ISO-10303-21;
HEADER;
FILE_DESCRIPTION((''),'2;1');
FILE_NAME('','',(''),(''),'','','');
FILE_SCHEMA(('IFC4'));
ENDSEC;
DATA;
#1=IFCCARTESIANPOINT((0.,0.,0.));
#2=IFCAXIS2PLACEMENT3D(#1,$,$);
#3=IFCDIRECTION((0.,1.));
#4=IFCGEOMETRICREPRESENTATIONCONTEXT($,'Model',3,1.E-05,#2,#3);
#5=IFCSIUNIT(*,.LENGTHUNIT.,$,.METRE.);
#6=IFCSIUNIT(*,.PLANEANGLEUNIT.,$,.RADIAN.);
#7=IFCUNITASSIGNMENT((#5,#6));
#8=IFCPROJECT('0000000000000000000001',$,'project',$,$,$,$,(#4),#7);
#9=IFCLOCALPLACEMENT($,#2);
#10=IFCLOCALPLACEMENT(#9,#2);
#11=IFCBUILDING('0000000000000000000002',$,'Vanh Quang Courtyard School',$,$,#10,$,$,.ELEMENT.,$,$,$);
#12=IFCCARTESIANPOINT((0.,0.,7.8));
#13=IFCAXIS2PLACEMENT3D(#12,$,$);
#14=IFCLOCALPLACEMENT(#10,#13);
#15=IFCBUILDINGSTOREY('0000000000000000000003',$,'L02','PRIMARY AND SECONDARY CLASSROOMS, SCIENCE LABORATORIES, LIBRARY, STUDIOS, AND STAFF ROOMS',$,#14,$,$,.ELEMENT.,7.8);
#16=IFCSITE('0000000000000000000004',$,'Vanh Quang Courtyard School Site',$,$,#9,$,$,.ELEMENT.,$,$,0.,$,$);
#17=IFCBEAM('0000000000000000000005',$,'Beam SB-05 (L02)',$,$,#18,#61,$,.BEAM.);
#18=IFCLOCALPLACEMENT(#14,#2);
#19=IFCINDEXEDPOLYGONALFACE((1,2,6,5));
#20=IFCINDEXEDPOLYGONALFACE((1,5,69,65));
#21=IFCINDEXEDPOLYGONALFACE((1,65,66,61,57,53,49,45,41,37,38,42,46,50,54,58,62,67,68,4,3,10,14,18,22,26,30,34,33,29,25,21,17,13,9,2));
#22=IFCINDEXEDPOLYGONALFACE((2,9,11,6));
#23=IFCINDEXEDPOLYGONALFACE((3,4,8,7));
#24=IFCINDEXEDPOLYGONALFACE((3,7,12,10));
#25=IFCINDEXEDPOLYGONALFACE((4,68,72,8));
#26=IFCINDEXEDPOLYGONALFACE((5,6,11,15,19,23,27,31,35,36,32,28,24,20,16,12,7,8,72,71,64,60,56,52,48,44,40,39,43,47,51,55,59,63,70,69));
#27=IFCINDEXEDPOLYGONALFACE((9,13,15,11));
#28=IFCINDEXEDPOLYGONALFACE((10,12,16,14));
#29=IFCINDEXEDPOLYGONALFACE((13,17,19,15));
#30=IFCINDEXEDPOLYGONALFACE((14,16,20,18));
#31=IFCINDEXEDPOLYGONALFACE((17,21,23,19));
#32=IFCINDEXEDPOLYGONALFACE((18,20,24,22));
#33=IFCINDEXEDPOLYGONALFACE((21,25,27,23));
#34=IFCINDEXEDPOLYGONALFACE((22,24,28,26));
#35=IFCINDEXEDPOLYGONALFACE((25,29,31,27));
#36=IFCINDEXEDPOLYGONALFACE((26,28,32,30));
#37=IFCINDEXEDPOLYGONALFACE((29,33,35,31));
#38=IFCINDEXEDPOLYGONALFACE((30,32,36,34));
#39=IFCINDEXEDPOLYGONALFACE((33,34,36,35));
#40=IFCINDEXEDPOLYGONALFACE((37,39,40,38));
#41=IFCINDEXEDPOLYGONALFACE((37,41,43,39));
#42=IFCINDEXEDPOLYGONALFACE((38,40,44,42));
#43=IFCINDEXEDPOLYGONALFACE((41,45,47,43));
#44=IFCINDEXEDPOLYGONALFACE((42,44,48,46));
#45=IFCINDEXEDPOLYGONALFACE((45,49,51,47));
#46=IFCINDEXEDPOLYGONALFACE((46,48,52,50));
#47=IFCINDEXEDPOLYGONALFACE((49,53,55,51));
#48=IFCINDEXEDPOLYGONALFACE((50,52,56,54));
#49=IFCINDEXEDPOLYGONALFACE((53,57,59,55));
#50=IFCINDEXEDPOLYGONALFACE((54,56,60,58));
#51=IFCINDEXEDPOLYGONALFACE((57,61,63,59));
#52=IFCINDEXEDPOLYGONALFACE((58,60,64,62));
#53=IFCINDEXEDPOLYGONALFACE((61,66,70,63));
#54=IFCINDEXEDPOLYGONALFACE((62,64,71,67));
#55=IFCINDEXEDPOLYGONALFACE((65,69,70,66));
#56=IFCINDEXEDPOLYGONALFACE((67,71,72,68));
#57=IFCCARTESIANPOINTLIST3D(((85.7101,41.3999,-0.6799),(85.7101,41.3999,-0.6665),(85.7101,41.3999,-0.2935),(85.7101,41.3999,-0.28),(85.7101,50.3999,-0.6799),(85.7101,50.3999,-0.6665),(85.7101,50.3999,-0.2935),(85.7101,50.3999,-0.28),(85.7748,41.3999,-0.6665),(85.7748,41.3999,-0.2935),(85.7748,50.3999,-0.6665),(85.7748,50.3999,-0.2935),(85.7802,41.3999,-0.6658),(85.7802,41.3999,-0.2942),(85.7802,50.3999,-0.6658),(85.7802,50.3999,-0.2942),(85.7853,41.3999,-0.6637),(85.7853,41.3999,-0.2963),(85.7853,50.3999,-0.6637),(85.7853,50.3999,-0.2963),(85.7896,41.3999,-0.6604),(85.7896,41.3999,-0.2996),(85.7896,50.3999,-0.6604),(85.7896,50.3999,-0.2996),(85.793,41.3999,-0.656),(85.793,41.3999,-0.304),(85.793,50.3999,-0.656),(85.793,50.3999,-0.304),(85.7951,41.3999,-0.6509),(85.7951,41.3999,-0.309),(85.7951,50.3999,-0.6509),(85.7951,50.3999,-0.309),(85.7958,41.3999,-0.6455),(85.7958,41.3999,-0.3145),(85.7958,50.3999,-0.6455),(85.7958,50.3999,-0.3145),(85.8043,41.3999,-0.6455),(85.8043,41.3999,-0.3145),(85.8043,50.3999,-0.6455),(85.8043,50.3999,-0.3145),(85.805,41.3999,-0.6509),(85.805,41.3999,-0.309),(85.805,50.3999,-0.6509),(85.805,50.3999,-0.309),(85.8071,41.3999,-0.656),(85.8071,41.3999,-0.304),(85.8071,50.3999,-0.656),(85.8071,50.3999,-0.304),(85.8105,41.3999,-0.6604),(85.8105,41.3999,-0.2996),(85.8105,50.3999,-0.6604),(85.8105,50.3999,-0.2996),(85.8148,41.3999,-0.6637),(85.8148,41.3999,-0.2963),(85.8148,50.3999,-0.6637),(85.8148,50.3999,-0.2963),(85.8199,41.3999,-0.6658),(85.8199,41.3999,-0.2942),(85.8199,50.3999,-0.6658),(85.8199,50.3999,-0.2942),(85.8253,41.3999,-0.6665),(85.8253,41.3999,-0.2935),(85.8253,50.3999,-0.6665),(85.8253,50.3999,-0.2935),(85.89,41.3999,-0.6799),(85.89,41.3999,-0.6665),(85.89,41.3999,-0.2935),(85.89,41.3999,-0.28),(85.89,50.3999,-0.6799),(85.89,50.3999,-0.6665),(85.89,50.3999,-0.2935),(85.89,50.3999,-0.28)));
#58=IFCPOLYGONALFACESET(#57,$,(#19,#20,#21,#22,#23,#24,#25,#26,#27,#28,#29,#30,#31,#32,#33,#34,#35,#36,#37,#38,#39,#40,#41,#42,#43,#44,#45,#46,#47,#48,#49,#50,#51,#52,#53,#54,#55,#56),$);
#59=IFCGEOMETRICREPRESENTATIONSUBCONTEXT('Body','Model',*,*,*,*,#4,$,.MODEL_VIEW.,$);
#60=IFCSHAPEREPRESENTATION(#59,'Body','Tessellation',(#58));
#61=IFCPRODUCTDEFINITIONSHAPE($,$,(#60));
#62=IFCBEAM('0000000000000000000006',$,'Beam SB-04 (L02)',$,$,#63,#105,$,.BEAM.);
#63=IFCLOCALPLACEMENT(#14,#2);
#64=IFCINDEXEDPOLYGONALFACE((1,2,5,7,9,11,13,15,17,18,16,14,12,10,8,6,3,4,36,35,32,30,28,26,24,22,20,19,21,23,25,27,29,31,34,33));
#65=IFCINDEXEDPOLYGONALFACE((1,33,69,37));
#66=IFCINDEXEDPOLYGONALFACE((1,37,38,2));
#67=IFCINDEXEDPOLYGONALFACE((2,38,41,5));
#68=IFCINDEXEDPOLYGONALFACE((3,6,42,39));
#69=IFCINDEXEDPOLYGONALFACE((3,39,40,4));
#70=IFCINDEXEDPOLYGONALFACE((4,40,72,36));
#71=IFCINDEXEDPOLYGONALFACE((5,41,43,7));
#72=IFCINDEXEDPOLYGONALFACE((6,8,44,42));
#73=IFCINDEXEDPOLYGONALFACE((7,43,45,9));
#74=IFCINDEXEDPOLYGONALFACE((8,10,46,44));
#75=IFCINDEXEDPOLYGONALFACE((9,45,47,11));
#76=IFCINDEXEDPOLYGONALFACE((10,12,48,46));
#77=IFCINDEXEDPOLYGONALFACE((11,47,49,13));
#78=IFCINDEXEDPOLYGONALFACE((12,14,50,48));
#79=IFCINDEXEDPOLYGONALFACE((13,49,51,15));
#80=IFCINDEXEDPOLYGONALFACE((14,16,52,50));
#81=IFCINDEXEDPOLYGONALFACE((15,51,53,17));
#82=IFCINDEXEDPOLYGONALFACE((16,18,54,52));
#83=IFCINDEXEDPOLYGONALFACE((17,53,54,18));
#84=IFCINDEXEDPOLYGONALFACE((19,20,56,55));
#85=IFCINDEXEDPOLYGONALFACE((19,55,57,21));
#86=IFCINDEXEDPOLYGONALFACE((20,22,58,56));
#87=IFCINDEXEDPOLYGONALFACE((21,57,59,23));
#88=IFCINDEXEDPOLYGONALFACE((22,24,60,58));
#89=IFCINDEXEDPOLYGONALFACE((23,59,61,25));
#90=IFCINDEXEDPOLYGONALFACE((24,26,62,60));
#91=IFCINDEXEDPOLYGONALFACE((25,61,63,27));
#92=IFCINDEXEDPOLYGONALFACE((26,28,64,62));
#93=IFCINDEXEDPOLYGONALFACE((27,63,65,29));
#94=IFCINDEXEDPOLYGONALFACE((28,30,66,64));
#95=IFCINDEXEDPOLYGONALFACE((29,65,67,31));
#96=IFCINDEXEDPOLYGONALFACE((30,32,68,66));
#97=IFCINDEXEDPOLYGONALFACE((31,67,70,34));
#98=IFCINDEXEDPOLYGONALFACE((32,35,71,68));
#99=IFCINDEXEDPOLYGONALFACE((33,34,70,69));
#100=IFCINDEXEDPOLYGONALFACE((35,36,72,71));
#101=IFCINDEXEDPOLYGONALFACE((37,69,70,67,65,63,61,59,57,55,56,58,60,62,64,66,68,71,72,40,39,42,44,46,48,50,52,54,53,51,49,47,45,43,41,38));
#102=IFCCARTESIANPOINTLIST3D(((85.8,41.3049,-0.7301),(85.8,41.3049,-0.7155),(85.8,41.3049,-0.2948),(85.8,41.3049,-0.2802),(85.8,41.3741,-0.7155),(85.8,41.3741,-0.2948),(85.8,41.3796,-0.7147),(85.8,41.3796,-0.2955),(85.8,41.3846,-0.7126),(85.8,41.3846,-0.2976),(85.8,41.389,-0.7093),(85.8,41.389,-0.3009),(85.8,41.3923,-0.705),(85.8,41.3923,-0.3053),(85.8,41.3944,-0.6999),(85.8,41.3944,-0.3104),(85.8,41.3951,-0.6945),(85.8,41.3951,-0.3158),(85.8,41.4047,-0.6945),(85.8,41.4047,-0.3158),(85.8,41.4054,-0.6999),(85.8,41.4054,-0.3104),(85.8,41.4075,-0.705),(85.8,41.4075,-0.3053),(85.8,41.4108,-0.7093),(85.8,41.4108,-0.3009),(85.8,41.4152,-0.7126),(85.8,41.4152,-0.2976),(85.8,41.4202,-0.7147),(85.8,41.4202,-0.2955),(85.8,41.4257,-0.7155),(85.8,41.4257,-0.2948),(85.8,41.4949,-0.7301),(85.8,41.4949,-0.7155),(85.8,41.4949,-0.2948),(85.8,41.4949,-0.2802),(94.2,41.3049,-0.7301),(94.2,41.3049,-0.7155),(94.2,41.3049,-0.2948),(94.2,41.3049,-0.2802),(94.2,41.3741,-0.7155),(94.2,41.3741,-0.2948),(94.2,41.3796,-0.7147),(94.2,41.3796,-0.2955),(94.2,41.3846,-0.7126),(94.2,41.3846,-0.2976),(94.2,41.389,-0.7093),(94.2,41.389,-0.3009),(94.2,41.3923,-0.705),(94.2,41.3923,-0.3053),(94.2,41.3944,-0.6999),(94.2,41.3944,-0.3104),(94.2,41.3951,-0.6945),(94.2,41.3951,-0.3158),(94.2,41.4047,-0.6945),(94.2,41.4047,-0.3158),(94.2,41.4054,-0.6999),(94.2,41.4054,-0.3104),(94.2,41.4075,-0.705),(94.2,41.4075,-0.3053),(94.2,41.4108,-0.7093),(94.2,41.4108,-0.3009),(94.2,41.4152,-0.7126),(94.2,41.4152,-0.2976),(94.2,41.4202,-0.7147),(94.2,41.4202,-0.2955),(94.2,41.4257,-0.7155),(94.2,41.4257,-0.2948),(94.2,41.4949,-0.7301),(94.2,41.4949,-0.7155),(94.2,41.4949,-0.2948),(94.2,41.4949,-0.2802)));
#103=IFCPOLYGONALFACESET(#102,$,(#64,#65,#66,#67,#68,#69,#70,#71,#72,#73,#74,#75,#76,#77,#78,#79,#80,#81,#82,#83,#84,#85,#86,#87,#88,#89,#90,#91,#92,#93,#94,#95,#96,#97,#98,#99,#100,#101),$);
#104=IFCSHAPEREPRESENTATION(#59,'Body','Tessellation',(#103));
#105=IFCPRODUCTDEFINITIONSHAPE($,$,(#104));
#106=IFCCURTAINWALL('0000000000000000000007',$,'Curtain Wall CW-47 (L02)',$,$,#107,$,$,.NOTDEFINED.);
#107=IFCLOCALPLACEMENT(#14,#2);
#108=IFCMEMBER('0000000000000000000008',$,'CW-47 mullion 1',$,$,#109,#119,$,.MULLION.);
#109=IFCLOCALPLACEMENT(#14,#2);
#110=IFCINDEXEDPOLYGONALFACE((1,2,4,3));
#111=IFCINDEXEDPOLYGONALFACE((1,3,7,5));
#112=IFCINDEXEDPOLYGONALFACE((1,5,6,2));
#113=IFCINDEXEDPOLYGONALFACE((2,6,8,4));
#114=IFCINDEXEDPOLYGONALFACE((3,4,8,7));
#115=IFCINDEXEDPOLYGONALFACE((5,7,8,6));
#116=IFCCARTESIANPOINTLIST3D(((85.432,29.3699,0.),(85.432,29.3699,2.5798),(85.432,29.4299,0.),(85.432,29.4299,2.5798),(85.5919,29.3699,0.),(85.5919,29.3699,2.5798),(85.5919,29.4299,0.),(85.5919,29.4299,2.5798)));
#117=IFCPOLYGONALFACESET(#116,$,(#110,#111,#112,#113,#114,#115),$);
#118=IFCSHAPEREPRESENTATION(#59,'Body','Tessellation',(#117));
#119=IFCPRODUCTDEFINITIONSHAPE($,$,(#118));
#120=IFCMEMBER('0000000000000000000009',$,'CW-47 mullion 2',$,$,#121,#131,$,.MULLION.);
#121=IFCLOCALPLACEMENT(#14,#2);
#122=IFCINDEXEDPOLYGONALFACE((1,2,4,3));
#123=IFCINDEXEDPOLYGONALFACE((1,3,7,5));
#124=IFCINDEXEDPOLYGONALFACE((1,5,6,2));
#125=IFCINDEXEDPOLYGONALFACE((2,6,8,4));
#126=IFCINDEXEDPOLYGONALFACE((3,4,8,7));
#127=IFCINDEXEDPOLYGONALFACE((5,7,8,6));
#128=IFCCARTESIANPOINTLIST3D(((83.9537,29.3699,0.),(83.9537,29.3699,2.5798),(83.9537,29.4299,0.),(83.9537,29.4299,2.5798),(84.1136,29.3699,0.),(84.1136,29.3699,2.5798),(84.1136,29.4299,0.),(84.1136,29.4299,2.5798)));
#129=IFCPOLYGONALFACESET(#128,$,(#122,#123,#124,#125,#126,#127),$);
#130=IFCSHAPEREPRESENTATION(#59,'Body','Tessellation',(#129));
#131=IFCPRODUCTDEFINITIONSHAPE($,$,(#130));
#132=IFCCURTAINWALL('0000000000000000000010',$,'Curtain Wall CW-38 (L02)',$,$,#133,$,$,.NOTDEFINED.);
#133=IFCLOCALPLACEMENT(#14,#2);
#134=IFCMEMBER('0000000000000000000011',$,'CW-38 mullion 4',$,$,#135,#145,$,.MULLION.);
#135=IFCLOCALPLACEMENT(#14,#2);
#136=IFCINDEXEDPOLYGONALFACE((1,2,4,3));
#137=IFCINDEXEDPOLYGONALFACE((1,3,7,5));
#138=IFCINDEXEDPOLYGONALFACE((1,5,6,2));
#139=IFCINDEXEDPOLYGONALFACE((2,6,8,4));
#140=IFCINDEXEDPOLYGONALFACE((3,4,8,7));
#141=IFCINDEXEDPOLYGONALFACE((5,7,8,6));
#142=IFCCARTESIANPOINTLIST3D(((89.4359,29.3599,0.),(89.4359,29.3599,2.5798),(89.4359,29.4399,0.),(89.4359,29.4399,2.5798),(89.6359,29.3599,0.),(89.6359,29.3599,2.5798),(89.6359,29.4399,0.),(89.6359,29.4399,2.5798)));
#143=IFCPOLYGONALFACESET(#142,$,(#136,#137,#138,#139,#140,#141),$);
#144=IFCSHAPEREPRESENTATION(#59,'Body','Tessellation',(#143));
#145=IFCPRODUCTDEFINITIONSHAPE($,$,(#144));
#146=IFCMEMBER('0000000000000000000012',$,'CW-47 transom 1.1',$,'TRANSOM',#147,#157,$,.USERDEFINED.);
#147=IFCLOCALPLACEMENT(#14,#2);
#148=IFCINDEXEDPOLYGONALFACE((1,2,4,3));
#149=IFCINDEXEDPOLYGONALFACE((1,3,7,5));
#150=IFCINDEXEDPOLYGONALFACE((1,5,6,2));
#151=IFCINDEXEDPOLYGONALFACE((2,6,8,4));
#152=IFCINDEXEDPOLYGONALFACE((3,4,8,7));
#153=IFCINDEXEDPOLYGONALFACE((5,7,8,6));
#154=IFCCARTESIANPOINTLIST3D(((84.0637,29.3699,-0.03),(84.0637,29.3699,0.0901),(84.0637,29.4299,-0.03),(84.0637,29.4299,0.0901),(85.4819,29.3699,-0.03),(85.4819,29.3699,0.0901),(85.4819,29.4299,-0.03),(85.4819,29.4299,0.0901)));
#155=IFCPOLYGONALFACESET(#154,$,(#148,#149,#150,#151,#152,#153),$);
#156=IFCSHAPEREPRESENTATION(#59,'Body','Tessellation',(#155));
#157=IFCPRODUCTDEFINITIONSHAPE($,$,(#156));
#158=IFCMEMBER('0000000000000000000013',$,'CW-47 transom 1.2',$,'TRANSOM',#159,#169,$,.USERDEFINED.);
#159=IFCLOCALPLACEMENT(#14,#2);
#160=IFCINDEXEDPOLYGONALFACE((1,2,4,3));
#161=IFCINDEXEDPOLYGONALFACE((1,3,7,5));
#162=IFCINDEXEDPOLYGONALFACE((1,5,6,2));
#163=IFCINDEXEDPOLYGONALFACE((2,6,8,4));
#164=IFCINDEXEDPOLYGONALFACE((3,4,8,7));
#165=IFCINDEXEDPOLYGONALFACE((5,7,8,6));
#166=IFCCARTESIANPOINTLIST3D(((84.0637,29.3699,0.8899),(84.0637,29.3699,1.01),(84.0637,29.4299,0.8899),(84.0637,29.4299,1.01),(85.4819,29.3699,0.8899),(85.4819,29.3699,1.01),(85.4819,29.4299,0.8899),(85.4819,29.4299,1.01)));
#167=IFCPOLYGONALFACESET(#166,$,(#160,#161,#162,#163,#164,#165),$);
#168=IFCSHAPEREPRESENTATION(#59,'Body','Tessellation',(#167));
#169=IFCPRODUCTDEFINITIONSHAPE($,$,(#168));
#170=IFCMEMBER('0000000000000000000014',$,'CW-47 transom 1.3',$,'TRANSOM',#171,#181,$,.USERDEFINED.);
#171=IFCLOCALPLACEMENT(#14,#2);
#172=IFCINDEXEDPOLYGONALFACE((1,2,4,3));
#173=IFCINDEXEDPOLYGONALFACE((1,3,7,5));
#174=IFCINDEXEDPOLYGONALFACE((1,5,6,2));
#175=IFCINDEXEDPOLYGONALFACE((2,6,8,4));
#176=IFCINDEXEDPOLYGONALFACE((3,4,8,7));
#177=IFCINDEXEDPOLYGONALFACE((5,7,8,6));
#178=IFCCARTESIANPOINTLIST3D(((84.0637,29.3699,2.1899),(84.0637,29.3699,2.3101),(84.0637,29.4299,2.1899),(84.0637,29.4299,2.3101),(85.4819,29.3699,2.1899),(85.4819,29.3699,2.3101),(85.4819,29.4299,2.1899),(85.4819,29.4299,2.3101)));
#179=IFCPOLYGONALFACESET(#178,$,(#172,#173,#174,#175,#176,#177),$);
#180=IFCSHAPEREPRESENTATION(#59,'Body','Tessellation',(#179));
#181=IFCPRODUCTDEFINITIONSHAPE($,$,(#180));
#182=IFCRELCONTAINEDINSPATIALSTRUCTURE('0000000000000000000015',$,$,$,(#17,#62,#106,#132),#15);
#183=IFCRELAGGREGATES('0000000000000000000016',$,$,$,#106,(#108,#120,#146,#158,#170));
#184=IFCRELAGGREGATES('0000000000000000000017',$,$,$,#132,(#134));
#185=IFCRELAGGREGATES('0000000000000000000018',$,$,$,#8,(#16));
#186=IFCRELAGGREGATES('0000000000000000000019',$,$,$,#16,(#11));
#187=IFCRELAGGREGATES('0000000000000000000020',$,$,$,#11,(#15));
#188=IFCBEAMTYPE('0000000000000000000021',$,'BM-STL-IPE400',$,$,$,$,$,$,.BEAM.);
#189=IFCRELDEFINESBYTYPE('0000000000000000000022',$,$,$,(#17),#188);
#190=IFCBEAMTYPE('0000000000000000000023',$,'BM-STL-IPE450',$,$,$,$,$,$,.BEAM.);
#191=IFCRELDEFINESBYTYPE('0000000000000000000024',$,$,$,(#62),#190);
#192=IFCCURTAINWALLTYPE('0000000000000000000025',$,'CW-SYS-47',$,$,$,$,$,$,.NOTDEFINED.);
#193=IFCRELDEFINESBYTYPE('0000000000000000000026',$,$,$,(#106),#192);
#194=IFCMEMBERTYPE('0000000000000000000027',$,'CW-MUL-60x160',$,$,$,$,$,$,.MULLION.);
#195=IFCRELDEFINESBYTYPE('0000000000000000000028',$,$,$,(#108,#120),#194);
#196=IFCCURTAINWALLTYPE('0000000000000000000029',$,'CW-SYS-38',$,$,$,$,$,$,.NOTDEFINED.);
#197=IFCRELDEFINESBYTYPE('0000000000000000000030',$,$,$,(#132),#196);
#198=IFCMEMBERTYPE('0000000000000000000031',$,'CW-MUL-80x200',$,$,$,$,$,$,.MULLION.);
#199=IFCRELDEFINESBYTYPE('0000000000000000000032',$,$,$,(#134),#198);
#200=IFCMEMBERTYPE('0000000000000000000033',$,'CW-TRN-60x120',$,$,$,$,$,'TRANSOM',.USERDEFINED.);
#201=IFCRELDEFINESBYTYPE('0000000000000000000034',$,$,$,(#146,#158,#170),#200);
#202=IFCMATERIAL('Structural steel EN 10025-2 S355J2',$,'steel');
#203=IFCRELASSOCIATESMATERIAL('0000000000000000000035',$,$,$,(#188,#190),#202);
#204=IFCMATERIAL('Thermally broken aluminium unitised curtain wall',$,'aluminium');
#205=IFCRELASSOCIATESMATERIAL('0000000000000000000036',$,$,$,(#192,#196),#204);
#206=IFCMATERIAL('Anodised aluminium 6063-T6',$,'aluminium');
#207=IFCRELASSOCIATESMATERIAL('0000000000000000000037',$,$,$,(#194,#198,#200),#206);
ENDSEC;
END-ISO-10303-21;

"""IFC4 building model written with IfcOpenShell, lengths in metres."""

from ifc_helpers import new_model, si_unit, direction, frame, origin, origin_2d, place, context, subcontext, project, spatial, rectangle, i_section, extrude, material, material_profile, profile_set, type_object, element, aggregate, save


model = new_model("IFC4")

# Units and contexts
model_context = context("Model", 3, precision=1e-05, world=origin(), true_north=direction((0.0, 1.0)))
body_context = subcontext(model_context, "Body", "Model", "MODEL_VIEW")
ifc_project = project(units=[si_unit("LENGTHUNIT", "METRE"), si_unit("PLANEANGLEUNIT", "RADIAN")], contexts=[model_context])

# Site, building, storey
site_placement = place(None, origin())
site = spatial("IfcSite", under=ifc_project, at=site_placement, Name="Vanh Quang Courtyard School Site", CompositionType="ELEMENT", RefElevation=0.0)
building_placement = place(site_placement, origin())
building = spatial("IfcBuilding", under=site, at=building_placement, Name="Vanh Quang Courtyard School", CompositionType="ELEMENT")
storey_placement = place(building_placement, frame((0.0, 0.0, 7.8)))
storey = spatial("IfcBuildingStorey", under=building, at=storey_placement, Name="L02", Description="PRIMARY AND SECONDARY CLASSROOMS, SCIENCE LABORATORIES, LIBRARY, STUDIOS, AND STAFF ROOMS", CompositionType="ELEMENT", Elevation=7.8)

# Beams
ifc_material_1 = material(Name="Structural steel EN 10025-2 S355J2", Category="steel")
ifc_material_profile_1 = material_profile(ifc_material_1, i_section(OverallWidth=0.1799, OverallDepth=0.3999, WebThickness=0.0085, FlangeThickness=0.0134, FilletRadius=0.021, at=origin_2d()), Name="IPE 400")
ifc_profile_set_1 = profile_set([ifc_material_profile_1], Name="Structural steel EN 10025-2 S355J2")
beam_type_1 = type_object("IfcBeamType", Name="BM-STL-IPE400", PredefinedType="BEAM", material=ifc_profile_set_1)
for number, where, z_axis, x_axis, name in (
    (1, (85.8, 41.3999, -0.48), (0.0, 1.0, 0.0), (-1.0, 0.0, 0.0), "Beam SB-05 (L02)"),
):
    element("IfcBeam", number, at=place(storey_placement, frame(where, z_axis=z_axis, x_axis=x_axis)), inside=storey, type_object=beam_type_1, Name=name, PredefinedType="BEAM", context=body_context, shape_type="SweptSolid", body=[
        extrude(i_section(OverallWidth=0.1799, OverallDepth=0.3999, WebThickness=0.0085, FlangeThickness=0.0134, FilletRadius=0.021, at=origin_2d()), origin(), (0.0, 0.0, 1.0), 9.0),
    ])
ifc_material_profile_2 = material_profile(ifc_material_1, i_section(OverallWidth=0.1899, OverallDepth=0.45, WebThickness=0.0095, FlangeThickness=0.0146, FilletRadius=0.021, at=origin_2d()), Name="IPE 450")
ifc_profile_set_2 = profile_set([ifc_material_profile_2], Name="Structural steel EN 10025-2 S355J2")
beam_type_2 = type_object("IfcBeamType", Name="BM-STL-IPE450", PredefinedType="BEAM", material=ifc_profile_set_2)
beam_1_placement = place(storey_placement, frame((85.8, 41.3999, -0.5051), z_axis=(1.0, 0.0, 0.0), x_axis=(0.0, 1.0, 0.0)))
element("IfcBeam", 2, at=beam_1_placement, inside=storey, type_object=beam_type_2, Name="Beam SB-04 (L02)", PredefinedType="BEAM", context=body_context, shape_type="SweptSolid", body=[
    extrude(i_section(OverallWidth=0.1899, OverallDepth=0.45, WebThickness=0.0095, FlangeThickness=0.0146, FilletRadius=0.021, at=origin_2d()), origin(), (0.0, 0.0, 1.0), 8.3999),
])

# Curtain wall, members
ifc_material_2 = material(Name="Thermally broken aluminium unitised curtain wall", Category="aluminium")
curtain_wall_type_1 = type_object("IfcCurtainWallType", Name="CW-SYS-47", PredefinedType="NOTDEFINED", material=ifc_material_2)
curtain_wall_1_placement = place(storey_placement, origin())
curtain_wall_1 = element("IfcCurtainWall", 3, at=curtain_wall_1_placement, inside=storey, type_object=curtain_wall_type_1, Name="Curtain Wall CW-47 (L02)", PredefinedType="NOTDEFINED")
ifc_material_3 = material(Name="Anodised aluminium 6063-T6", Category="aluminium")
ifc_material_profile_3 = material_profile(ifc_material_3, rectangle(XDim=0.0601, YDim=0.1599, at=origin_2d()), Name="ALU-MUL 60x160")
ifc_profile_set_3 = profile_set([ifc_material_profile_3], Name="Anodised aluminium 6063-T6")
member_type_1 = type_object("IfcMemberType", Name="CW-MUL-60x160", PredefinedType="MULLION", material=ifc_profile_set_3)
member_1_placement = place(storey_placement, frame((85.512, 29.3999, 0.0), z_axis=(0.0, 0.0, 1.0), x_axis=(0.0, -1.0, 0.0)))
member_1 = element("IfcMember", 4, at=member_1_placement, type_object=member_type_1, Name="CW-47 mullion 1", PredefinedType="MULLION", context=body_context, shape_type="SweptSolid", body=[
    extrude(rectangle(XDim=0.0601, YDim=0.1599, at=origin_2d()), origin(), (0.0, 0.0, 1.0), 2.5798),
])
member_2_placement = place(storey_placement, frame((84.0337, 29.3999, 0.0), z_axis=(0.0, 0.0, 1.0), x_axis=(0.0, -1.0, 0.0)))
member_2 = element("IfcMember", 5, at=member_2_placement, type_object=member_type_1, Name="CW-47 mullion 2", PredefinedType="MULLION", context=body_context, shape_type="SweptSolid", body=[
    extrude(rectangle(XDim=0.0601, YDim=0.1599, at=origin_2d()), origin(), (0.0, 0.0, 1.0), 2.5798),
])

# Curtain wall, member
curtain_wall_type_2 = type_object("IfcCurtainWallType", Name="CW-SYS-38", PredefinedType="NOTDEFINED", material=ifc_material_2)
curtain_wall_2_placement = place(storey_placement, origin())
curtain_wall_2 = element("IfcCurtainWall", 6, at=curtain_wall_2_placement, inside=storey, type_object=curtain_wall_type_2, Name="Curtain Wall CW-38 (L02)", PredefinedType="NOTDEFINED")
ifc_material_profile_4 = material_profile(ifc_material_3, rectangle(XDim=0.0801, YDim=0.2, at=origin_2d()), Name="ALU-MUL 80x200")
ifc_profile_set_4 = profile_set([ifc_material_profile_4], Name="Anodised aluminium 6063-T6")
member_type_2 = type_object("IfcMemberType", Name="CW-MUL-80x200", PredefinedType="MULLION", material=ifc_profile_set_4)
member_3_placement = place(storey_placement, frame((89.5359, 29.3999, 0.0), z_axis=(0.0, 0.0, 1.0), x_axis=(0.0, -1.0, 0.0)))
member_3 = element("IfcMember", 7, at=member_3_placement, type_object=member_type_2, Name="CW-38 mullion 4", PredefinedType="MULLION", context=body_context, shape_type="SweptSolid", body=[
    extrude(rectangle(XDim=0.0801, YDim=0.2, at=origin_2d()), origin(), (0.0, 0.0, 1.0), 2.5798),
])

# Members
ifc_material_profile_5 = material_profile(ifc_material_3, rectangle(XDim=0.0601, YDim=0.1201, at=origin_2d()), Name="ALU-TRN 60x120")
ifc_profile_set_5 = profile_set([ifc_material_profile_5], Name="Anodised aluminium 6063-T6")
member_type_3 = type_object("IfcMemberType", Name="CW-TRN-60x120", ElementType="TRANSOM", PredefinedType="USERDEFINED", material=ifc_profile_set_5)
member_4_placement = place(storey_placement, frame((85.4819, 29.3999, 0.03), z_axis=(-1.0, 0.0, 0.0), x_axis=(0.0, -1.0, 0.0)))
member_4 = element("IfcMember", 8, at=member_4_placement, type_object=member_type_3, Name="CW-47 transom 1.1", ObjectType="TRANSOM", PredefinedType="USERDEFINED", context=body_context, shape_type="SweptSolid", body=[
    extrude(rectangle(XDim=0.0601, YDim=0.1201, at=origin_2d()), origin(), (0.0, 0.0, 1.0), 1.4182),
])
member_5_placement = place(storey_placement, frame((85.4819, 29.3999, 0.95), z_axis=(-1.0, 0.0, 0.0), x_axis=(0.0, -1.0, 0.0)))
member_5 = element("IfcMember", 9, at=member_5_placement, type_object=member_type_3, Name="CW-47 transom 1.2", ObjectType="TRANSOM", PredefinedType="USERDEFINED", context=body_context, shape_type="SweptSolid", body=[
    extrude(rectangle(XDim=0.0601, YDim=0.1201, at=origin_2d()), origin(), (0.0, 0.0, 1.0), 1.4182),
])
member_6_placement = place(storey_placement, frame((85.4819, 29.3999, 2.25), z_axis=(-1.0, 0.0, 0.0), x_axis=(0.0, -1.0, 0.0)))
member_6 = element("IfcMember", 10, at=member_6_placement, type_object=member_type_3, Name="CW-47 transom 1.3", ObjectType="TRANSOM", PredefinedType="USERDEFINED", context=body_context, shape_type="SweptSolid", body=[
    extrude(rectangle(XDim=0.0601, YDim=0.1201, at=origin_2d()), origin(), (0.0, 0.0, 1.0), 1.4182),
])

aggregate(curtain_wall_1, [member_1, member_2, member_4, member_5, member_6])
aggregate(curtain_wall_2, [member_3])

save(model, "model.ifc")
